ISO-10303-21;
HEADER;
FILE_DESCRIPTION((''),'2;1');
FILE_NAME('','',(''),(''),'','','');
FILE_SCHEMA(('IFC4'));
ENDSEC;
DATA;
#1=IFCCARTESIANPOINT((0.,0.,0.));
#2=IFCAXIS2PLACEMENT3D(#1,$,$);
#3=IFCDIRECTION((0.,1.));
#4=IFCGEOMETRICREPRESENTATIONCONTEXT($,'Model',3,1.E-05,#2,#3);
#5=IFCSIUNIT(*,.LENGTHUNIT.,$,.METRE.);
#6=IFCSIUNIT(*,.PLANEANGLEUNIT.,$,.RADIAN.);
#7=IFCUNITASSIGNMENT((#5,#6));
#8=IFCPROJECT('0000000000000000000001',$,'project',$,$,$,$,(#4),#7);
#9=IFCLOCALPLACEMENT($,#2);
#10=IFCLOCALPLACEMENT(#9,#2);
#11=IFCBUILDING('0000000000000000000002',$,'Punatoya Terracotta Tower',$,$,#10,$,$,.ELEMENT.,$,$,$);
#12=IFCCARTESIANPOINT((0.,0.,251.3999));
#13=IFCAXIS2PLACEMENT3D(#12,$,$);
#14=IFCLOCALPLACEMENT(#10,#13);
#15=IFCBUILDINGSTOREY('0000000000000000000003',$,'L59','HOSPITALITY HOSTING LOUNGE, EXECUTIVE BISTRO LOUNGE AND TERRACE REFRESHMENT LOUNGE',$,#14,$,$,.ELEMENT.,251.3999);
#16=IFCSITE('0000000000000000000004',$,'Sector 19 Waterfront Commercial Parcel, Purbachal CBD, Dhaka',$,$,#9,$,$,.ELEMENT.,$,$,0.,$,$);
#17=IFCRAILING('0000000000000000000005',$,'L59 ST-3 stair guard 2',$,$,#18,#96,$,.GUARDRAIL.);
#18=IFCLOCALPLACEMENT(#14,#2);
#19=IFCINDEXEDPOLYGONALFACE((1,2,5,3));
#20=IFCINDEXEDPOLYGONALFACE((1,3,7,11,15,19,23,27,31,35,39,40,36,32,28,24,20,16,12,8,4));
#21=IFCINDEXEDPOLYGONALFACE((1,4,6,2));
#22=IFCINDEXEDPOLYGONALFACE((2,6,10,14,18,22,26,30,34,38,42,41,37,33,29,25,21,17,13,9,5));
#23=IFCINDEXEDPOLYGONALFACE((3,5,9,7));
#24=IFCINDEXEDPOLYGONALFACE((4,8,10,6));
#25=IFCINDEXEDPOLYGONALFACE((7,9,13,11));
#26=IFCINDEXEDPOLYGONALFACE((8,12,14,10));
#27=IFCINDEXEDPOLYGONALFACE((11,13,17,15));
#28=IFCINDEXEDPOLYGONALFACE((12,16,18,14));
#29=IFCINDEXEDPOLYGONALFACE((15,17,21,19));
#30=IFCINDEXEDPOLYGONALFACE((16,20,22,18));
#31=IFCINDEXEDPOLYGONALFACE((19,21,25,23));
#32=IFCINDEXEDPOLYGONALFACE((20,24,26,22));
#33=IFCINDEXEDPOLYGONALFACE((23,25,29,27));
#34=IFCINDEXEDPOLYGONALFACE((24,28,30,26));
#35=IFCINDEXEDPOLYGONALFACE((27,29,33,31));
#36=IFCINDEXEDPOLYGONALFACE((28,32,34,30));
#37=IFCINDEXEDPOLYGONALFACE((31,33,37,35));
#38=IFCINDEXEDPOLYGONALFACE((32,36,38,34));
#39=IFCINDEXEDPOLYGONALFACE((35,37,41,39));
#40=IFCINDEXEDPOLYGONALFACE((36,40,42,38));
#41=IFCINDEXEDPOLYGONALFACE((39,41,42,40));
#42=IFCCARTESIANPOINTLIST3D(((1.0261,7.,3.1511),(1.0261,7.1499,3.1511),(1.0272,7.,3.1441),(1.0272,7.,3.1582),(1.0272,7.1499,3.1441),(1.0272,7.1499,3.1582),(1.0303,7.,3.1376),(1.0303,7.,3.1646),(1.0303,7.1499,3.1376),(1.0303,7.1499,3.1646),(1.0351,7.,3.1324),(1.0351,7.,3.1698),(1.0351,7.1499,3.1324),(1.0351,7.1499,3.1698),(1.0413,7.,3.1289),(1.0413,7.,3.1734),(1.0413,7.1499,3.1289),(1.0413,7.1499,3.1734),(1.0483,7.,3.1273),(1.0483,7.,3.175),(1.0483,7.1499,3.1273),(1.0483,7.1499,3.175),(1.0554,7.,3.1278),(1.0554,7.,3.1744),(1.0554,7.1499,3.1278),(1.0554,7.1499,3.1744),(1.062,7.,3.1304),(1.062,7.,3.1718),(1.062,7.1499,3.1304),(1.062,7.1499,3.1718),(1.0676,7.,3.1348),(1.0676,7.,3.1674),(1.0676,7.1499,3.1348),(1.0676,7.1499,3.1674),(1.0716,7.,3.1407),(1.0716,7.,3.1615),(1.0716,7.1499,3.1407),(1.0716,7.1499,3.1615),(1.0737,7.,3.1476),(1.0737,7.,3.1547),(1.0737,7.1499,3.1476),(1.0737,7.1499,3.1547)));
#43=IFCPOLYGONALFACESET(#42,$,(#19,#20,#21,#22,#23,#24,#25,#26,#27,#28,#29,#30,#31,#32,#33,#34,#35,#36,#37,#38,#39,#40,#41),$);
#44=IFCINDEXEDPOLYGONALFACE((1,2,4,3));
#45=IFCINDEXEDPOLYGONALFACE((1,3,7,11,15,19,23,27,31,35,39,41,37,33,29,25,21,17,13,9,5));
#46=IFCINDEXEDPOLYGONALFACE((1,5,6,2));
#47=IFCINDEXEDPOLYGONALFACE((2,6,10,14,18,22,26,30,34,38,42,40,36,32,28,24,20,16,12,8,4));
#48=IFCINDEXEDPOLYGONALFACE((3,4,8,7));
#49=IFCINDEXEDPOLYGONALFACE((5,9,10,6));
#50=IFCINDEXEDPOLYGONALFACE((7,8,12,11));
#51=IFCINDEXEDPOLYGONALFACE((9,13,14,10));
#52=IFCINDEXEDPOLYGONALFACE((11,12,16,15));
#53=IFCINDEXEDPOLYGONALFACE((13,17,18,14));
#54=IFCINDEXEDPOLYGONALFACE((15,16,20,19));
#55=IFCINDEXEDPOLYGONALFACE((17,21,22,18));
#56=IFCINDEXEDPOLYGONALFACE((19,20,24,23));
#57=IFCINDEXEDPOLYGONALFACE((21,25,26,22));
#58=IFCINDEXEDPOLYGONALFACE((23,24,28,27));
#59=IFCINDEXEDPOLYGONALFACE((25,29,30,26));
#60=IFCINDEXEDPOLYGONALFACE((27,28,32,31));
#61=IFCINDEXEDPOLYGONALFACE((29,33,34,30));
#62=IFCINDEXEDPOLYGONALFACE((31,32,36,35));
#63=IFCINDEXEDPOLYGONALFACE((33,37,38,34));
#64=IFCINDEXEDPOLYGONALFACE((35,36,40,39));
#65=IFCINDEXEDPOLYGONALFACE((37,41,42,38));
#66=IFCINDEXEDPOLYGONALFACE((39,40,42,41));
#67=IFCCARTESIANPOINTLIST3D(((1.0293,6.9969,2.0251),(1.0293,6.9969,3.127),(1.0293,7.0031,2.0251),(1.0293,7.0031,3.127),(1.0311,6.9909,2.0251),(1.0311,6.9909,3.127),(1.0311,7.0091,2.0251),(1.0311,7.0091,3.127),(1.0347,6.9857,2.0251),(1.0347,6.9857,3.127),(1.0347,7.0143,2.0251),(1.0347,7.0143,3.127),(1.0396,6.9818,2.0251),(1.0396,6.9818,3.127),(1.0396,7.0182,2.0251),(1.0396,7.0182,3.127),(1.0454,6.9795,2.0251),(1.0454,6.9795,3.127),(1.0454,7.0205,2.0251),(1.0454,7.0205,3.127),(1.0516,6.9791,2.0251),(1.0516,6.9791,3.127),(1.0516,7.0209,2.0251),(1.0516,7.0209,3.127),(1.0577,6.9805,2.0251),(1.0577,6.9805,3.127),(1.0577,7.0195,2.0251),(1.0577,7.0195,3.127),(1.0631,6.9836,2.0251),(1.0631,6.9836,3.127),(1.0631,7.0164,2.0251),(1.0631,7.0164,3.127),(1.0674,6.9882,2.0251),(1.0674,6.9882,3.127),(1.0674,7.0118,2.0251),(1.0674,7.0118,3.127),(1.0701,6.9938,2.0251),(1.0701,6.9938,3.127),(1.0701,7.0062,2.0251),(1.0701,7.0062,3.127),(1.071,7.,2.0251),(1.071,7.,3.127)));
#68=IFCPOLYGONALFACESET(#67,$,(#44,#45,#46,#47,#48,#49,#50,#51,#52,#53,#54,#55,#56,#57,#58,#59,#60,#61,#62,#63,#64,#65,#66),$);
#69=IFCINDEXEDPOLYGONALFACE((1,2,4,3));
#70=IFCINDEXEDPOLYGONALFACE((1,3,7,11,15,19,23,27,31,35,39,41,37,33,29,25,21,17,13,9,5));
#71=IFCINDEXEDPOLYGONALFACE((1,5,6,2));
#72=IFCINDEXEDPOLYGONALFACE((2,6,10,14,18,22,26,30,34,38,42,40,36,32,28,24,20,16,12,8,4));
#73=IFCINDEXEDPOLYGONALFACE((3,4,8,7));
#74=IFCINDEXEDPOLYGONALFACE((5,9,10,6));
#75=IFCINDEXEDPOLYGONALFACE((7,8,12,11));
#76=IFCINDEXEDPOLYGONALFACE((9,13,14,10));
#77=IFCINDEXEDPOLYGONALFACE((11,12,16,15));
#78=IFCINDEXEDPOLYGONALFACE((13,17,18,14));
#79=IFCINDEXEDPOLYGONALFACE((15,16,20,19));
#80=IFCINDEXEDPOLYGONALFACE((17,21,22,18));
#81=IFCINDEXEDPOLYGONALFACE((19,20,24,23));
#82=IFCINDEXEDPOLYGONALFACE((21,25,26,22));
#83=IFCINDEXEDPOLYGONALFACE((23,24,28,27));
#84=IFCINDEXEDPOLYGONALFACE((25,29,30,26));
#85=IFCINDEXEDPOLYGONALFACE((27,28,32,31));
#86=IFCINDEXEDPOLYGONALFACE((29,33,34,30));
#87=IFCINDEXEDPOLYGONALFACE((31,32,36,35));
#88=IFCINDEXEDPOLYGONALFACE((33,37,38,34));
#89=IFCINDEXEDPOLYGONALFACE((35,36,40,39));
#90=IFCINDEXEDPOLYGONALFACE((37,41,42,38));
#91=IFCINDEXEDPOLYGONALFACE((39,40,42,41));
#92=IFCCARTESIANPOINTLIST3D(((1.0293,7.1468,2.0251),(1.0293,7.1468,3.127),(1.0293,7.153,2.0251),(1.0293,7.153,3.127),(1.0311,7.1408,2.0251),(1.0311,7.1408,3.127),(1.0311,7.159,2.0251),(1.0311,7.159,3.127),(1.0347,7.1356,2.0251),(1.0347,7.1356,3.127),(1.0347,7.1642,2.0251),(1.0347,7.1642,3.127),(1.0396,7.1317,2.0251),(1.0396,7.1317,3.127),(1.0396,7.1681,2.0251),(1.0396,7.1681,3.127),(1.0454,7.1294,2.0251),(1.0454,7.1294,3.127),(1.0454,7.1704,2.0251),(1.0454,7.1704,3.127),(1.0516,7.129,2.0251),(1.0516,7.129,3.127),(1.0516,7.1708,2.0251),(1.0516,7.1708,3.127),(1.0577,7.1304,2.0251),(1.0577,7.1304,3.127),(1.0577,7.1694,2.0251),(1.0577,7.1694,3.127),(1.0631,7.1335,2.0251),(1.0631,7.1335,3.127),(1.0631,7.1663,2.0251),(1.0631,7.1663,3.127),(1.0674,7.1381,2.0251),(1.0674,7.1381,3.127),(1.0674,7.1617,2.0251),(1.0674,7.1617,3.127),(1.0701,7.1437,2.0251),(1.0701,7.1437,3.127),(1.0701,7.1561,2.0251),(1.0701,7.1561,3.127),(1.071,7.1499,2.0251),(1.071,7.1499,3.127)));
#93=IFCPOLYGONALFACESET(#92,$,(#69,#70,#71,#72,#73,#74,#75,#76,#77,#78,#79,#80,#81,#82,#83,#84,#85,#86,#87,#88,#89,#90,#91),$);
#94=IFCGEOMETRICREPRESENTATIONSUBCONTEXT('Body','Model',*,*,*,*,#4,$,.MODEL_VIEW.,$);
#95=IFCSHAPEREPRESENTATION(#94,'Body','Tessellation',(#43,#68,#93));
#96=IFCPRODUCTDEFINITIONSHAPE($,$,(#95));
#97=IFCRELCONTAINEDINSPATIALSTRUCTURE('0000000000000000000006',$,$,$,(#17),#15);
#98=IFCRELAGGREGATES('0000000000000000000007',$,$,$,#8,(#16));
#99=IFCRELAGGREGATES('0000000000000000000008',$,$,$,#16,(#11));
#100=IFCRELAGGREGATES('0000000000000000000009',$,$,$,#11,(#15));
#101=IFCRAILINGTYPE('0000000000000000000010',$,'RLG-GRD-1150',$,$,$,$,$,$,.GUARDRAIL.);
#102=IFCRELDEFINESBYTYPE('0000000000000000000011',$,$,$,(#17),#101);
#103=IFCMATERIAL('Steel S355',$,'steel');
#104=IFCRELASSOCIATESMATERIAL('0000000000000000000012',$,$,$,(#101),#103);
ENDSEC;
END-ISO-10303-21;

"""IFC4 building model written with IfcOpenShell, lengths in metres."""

from ifc_helpers import new_model, si_unit, direction, frame, origin, origin_2d, place, context, subcontext, project, spatial, circle, extrude, material, type_object, element, save


model = new_model("IFC4")

# Units and contexts
model_context = context("Model", 3, precision=1e-05, world=origin(), true_north=direction((0.0, 1.0)))
body_context = subcontext(model_context, "Body", "Model", "MODEL_VIEW")
ifc_project = project(units=[si_unit("LENGTHUNIT", "METRE"), si_unit("PLANEANGLEUNIT", "RADIAN")], contexts=[model_context])

# Site, building, storey
site_placement = place(None, origin())
site = spatial("IfcSite", under=ifc_project, at=site_placement, Name="Sector 19 Waterfront Commercial Parcel, Purbachal CBD, Dhaka", CompositionType="ELEMENT", RefElevation=0.0)
building_placement = place(site_placement, origin())
building = spatial("IfcBuilding", under=site, at=building_placement, Name="Punatoya Terracotta Tower", CompositionType="ELEMENT")
storey_placement = place(building_placement, frame((0.0, 0.0, 251.3999)))
storey = spatial("IfcBuildingStorey", under=building, at=storey_placement, Name="L59", Description="HOSPITALITY HOSTING LOUNGE, EXECUTIVE BISTRO LOUNGE AND TERRACE REFRESHMENT LOUNGE", CompositionType="ELEMENT", Elevation=251.3999)

# Shared definitions
ifc_material_1 = material(Name="Steel S355", Category="steel")

# Railing
railing_type_1 = type_object("IfcRailingType", Name="RLG-GRD-1150", PredefinedType="GUARDRAIL", material=ifc_material_1)
railing_1_placement = place(storey_placement, frame((1.05, 7.0, 2.0251)))
element("IfcRailing", 1, at=railing_1_placement, inside=storey, type_object=railing_type_1, Name="L59 ST-3 stair guard 2", PredefinedType="GUARDRAIL", context=body_context, shape_type="SweptSolid", body=[
    extrude(circle(Radius=0.0239, at=origin_2d()), frame((0.0, 0.0, 1.126), z_axis=(0.0, 1.0, 0.0), x_axis=(-1.0, 0.0, 0.0)), (0.0, 0.0, 1.0), 0.1499),
    extrude(circle(Radius=0.021, at=origin_2d()), origin(), (0.0, 0.0, 1.0), 1.1018),
    extrude(circle(Radius=0.021, at=origin_2d()), frame((0.0, 0.1499, 0.0)), (0.0, 0.0, 1.0), 1.1018),
])

save(model, "model.ifc")
